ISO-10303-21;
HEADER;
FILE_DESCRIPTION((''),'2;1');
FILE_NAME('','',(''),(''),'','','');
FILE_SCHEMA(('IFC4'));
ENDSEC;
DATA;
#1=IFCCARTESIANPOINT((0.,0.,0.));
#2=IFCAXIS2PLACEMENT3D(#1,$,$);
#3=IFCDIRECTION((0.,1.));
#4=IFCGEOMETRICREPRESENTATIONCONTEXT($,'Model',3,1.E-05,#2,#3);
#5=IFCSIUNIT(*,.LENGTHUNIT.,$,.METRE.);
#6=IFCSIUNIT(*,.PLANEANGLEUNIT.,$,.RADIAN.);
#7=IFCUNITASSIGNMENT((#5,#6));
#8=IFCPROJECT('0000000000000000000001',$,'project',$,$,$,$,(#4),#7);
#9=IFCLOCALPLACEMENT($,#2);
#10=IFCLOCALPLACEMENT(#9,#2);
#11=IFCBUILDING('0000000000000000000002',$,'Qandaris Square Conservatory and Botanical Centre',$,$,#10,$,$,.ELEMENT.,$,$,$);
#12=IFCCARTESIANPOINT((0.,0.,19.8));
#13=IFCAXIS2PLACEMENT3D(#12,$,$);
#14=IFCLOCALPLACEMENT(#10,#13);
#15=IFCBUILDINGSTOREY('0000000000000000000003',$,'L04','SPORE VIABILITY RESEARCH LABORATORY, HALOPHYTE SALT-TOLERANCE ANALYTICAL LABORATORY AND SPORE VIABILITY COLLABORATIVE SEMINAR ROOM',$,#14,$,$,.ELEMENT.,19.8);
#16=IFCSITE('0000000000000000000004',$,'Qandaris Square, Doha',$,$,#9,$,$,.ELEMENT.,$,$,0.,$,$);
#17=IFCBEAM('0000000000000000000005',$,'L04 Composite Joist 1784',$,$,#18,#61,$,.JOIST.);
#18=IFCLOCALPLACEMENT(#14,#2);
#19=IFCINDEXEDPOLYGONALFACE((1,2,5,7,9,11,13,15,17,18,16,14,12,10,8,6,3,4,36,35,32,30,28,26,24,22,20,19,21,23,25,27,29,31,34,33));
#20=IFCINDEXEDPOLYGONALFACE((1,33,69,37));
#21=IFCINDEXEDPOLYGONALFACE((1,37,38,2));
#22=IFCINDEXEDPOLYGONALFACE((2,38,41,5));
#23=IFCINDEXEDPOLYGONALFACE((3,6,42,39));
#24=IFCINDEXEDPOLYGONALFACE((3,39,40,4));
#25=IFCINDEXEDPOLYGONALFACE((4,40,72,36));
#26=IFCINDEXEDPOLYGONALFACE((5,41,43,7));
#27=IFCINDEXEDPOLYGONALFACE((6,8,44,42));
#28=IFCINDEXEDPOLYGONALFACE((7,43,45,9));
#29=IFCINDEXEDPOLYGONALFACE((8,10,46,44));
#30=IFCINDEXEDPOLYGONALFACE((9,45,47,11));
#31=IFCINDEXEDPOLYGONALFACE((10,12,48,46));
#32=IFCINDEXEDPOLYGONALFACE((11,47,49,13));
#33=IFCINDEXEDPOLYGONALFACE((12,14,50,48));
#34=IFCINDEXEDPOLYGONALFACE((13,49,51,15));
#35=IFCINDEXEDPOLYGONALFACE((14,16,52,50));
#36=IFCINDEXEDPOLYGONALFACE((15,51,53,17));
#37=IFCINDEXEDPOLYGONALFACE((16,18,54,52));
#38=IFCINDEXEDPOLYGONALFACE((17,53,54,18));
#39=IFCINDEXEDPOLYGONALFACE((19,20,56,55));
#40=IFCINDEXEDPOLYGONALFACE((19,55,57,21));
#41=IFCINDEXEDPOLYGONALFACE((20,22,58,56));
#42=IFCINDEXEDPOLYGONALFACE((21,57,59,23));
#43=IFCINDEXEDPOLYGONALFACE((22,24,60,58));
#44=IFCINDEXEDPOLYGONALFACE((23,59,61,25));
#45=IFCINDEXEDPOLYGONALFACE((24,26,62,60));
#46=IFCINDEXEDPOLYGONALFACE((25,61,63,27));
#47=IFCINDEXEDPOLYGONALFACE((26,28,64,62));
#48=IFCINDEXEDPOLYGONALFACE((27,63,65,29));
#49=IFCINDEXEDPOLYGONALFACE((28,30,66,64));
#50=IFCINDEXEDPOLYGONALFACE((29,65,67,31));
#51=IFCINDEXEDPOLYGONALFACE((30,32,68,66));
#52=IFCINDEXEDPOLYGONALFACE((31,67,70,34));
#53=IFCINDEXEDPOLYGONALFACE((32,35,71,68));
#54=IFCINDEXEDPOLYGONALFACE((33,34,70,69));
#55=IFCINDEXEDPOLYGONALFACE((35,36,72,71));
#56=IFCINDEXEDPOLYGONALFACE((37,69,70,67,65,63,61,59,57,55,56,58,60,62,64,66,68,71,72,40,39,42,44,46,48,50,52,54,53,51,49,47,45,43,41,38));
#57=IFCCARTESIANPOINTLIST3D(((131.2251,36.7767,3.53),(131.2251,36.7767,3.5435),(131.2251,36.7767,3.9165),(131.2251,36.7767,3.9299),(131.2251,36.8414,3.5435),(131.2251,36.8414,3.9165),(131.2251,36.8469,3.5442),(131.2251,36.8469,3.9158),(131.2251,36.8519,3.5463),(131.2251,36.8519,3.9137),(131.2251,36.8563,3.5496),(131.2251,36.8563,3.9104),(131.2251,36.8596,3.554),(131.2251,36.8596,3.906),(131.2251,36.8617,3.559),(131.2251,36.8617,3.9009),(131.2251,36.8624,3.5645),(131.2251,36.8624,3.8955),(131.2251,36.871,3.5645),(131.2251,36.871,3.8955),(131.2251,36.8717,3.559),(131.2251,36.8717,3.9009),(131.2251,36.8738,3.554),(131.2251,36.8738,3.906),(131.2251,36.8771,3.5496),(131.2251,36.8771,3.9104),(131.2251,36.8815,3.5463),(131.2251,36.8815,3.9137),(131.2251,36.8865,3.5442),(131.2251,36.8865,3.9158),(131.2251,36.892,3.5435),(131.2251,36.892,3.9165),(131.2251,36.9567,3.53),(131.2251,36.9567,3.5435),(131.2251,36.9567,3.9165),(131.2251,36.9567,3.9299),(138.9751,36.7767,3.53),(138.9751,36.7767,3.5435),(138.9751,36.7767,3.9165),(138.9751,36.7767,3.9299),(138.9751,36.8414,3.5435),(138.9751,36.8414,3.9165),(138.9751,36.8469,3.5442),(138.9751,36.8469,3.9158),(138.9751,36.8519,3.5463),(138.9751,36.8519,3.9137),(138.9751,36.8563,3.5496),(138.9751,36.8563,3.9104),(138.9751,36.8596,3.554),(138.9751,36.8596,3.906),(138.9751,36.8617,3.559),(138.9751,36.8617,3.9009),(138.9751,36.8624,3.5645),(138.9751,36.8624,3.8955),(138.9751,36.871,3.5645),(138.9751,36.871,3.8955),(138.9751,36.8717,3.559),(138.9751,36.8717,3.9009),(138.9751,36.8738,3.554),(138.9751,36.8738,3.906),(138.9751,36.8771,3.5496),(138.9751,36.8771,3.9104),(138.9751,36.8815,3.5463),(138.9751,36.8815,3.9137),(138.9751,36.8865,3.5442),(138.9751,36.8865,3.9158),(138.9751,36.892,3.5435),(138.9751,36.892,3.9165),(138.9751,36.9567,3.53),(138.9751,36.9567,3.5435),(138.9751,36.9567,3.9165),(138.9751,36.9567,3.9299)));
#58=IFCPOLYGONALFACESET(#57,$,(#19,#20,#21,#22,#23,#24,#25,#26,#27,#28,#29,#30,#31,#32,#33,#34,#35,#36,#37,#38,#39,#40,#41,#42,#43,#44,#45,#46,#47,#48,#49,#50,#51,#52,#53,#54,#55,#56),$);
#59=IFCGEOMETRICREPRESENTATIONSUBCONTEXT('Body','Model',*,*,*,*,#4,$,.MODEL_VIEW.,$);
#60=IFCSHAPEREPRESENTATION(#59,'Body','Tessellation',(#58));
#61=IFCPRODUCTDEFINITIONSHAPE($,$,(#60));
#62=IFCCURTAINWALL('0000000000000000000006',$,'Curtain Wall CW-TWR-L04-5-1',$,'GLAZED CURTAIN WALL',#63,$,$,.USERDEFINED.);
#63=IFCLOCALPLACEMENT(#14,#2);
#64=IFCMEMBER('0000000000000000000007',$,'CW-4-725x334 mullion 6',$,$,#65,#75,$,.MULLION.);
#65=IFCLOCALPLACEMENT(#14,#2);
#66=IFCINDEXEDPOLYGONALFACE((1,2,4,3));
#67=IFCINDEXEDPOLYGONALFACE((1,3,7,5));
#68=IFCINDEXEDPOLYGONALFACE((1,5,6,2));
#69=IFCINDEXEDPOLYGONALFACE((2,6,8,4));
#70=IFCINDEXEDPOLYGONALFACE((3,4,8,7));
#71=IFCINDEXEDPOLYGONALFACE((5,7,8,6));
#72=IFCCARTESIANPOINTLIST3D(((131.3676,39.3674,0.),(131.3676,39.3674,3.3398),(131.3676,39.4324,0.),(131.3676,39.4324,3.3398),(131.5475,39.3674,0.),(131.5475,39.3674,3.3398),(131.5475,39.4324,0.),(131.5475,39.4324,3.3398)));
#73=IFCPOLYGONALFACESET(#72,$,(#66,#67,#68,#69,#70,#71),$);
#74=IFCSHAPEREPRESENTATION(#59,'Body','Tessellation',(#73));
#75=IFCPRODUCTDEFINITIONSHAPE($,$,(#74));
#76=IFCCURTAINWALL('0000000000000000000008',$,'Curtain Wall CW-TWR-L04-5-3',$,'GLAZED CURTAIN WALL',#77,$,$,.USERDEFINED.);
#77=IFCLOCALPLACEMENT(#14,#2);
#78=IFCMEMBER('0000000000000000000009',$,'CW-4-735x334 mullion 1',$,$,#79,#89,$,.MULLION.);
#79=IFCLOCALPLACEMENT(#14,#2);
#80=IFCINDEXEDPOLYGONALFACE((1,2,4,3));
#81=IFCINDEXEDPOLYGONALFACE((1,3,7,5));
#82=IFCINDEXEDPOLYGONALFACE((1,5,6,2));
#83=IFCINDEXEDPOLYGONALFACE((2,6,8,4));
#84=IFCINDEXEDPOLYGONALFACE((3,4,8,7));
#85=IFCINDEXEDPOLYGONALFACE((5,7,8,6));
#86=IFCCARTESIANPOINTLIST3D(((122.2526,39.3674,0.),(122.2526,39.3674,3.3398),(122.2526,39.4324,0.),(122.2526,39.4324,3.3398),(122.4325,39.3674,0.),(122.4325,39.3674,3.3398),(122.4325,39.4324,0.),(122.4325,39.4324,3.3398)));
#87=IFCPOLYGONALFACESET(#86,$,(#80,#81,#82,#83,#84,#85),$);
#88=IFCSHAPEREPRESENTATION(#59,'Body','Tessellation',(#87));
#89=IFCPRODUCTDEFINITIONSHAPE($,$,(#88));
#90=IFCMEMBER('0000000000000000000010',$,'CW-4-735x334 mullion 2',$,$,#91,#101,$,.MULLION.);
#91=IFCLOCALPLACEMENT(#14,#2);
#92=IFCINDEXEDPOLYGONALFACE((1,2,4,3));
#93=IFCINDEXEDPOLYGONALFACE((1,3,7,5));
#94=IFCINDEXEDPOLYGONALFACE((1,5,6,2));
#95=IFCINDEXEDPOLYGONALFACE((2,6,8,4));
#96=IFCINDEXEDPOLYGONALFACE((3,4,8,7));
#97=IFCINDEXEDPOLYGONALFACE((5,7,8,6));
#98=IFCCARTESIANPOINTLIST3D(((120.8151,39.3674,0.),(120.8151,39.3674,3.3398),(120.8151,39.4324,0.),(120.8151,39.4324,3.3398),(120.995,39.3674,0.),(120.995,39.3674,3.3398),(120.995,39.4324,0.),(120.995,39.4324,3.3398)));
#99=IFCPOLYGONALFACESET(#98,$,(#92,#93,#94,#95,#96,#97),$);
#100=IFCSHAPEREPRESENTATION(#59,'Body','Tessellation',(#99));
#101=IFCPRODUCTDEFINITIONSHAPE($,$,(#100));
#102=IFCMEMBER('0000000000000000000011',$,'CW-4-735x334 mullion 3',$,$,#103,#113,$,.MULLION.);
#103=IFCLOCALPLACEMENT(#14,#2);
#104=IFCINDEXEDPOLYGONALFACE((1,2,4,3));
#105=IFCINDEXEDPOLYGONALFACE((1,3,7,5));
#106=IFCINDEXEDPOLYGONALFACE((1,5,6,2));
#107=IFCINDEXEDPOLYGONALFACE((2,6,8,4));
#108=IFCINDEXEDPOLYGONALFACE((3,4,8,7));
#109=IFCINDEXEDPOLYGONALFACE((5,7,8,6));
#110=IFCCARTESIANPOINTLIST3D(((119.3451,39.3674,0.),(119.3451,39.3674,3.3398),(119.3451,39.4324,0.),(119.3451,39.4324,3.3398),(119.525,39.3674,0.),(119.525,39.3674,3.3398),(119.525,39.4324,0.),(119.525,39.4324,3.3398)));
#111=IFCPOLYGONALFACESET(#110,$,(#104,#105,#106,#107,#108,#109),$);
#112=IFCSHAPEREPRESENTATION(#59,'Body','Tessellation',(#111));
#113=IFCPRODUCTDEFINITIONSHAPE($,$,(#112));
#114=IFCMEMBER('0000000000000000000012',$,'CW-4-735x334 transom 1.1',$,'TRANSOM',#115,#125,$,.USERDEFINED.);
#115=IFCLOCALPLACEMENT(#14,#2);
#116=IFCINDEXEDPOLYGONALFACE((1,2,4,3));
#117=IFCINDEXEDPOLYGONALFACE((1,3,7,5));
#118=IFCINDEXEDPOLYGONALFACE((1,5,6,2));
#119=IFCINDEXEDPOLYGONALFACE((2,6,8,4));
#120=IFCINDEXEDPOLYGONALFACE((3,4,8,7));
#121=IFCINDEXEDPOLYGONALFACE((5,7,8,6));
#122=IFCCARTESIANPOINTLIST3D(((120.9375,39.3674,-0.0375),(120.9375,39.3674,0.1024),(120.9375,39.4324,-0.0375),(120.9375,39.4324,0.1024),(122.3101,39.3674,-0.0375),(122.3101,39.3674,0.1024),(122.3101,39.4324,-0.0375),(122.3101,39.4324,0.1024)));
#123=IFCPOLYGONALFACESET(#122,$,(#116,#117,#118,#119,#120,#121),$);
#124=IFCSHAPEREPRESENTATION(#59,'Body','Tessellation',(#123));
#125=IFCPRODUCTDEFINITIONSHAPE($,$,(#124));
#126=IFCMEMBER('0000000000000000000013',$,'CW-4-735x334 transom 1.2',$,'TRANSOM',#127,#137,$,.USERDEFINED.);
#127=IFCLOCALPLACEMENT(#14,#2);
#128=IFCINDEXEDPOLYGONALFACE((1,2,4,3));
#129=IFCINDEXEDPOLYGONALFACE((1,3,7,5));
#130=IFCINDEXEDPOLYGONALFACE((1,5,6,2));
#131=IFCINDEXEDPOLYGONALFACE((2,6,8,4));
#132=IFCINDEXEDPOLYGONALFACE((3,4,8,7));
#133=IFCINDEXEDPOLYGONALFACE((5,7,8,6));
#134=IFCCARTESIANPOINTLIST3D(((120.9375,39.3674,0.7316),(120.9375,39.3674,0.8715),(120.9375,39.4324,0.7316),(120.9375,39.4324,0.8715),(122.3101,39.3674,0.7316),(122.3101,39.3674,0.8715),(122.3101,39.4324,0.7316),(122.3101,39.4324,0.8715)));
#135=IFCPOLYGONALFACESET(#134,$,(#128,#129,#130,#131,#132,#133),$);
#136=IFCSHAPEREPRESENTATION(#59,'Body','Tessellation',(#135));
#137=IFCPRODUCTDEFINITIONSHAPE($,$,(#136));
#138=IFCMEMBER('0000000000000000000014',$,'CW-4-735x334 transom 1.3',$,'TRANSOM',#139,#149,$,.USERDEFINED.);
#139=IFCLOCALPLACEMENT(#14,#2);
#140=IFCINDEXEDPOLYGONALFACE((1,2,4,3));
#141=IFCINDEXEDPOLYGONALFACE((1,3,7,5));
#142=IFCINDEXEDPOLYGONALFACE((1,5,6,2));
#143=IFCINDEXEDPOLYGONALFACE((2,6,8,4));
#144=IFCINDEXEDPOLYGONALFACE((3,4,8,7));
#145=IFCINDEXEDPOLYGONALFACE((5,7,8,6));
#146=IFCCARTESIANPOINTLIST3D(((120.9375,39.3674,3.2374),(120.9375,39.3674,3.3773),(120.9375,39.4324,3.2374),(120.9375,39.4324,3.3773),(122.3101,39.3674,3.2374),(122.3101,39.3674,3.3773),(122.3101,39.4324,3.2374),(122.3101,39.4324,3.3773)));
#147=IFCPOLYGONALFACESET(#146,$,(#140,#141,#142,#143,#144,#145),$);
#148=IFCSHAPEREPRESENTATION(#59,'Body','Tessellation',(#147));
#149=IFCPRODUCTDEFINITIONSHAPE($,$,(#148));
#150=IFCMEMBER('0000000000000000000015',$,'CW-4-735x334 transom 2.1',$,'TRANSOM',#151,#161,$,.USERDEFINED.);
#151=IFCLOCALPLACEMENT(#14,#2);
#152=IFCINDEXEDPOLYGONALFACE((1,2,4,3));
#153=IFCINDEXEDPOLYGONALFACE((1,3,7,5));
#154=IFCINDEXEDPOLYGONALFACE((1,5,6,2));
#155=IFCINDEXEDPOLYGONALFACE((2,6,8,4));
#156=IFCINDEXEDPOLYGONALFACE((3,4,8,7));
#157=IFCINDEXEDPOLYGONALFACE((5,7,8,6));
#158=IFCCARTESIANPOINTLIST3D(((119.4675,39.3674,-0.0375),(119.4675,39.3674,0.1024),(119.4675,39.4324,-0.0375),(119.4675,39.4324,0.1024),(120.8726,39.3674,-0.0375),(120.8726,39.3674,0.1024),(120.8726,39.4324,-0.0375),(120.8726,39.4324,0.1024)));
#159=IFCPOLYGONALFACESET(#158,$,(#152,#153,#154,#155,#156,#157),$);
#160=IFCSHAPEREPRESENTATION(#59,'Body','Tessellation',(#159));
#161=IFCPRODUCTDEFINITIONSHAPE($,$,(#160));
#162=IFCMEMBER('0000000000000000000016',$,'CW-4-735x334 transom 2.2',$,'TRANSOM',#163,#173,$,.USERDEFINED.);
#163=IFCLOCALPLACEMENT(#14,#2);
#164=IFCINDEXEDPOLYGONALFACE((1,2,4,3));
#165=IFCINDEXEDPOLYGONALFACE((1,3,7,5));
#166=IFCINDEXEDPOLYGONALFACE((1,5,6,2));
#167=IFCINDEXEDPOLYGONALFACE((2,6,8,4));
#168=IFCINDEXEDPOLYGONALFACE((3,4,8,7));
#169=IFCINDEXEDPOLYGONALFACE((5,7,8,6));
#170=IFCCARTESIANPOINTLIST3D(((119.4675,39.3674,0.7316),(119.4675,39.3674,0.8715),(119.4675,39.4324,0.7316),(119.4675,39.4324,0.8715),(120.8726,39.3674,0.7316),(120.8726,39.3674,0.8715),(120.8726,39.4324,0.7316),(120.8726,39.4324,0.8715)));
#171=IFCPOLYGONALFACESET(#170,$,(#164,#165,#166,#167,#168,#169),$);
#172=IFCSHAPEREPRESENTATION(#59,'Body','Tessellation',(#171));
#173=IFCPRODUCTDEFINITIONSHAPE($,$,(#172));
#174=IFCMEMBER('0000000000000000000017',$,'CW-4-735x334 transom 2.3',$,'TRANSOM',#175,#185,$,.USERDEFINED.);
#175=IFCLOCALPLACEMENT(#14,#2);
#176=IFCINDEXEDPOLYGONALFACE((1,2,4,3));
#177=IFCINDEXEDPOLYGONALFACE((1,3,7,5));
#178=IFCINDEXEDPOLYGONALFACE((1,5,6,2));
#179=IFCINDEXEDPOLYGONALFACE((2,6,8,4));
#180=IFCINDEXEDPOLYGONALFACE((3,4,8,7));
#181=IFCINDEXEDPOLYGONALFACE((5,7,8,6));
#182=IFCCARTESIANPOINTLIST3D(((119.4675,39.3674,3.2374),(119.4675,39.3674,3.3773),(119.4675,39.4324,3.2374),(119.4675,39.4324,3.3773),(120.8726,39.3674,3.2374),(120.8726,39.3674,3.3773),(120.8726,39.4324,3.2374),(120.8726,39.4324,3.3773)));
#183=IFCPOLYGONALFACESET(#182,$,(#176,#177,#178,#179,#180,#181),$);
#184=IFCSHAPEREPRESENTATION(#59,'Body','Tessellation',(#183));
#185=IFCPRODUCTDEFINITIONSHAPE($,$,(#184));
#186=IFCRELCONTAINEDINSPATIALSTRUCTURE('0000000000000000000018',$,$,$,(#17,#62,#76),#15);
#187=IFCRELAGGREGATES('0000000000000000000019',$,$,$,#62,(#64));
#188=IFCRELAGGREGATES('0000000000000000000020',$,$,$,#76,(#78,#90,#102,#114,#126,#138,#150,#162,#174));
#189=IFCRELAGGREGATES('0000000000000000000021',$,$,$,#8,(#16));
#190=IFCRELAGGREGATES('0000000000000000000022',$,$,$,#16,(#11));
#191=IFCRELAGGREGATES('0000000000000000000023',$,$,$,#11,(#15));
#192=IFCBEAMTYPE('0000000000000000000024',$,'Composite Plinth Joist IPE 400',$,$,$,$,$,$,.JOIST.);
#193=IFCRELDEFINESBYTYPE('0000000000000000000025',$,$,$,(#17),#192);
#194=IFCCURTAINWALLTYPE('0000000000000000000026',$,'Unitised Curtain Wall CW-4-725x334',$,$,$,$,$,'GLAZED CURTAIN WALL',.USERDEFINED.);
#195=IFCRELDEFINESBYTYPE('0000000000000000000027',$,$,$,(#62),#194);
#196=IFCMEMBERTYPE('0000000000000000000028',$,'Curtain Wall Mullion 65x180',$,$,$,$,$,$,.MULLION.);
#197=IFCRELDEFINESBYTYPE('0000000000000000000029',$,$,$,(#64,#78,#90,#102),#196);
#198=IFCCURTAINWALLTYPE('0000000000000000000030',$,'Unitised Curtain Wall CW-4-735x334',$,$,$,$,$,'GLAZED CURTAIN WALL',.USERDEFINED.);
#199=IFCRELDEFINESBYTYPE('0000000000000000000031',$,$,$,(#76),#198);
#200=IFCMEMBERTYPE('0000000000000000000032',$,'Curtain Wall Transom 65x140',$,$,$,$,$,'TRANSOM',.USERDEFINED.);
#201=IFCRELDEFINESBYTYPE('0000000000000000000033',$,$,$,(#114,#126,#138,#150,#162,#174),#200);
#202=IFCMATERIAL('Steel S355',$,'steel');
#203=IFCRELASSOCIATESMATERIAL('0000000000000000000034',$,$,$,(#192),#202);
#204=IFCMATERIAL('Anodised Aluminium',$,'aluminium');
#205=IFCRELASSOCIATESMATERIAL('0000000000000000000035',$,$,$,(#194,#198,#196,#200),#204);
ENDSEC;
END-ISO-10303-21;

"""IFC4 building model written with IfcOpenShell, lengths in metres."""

from ifc_helpers import new_model, si_unit, direction, frame, origin, origin_2d, place, context, subcontext, project, spatial, rectangle, i_section, extrude, material, material_profile, profile_set, type_object, element, aggregate, save


model = new_model("IFC4")

# Units and contexts
model_context = context("Model", 3, precision=1e-05, world=origin(), true_north=direction((0.0, 1.0)))
body_context = subcontext(model_context, "Body", "Model", "MODEL_VIEW")
ifc_project = project(units=[si_unit("LENGTHUNIT", "METRE"), si_unit("PLANEANGLEUNIT", "RADIAN")], contexts=[model_context])

# Site, building, storey
site_placement = place(None, origin())
site = spatial("IfcSite", under=ifc_project, at=site_placement, Name="Qandaris Square, Doha", CompositionType="ELEMENT", RefElevation=0.0)
building_placement = place(site_placement, origin())
building = spatial("IfcBuilding", under=site, at=building_placement, Name="Qandaris Square Conservatory and Botanical Centre", CompositionType="ELEMENT")
storey_placement = place(building_placement, frame((0.0, 0.0, 19.8)))
storey = spatial("IfcBuildingStorey", under=building, at=storey_placement, Name="L04", Description="SPORE VIABILITY RESEARCH LABORATORY, HALOPHYTE SALT-TOLERANCE ANALYTICAL LABORATORY AND SPORE VIABILITY COLLABORATIVE SEMINAR ROOM", CompositionType="ELEMENT", Elevation=19.8)

# Beam
ifc_material_1 = material(Name="Steel S355", Category="steel")
ifc_material_profile_1 = material_profile(ifc_material_1, i_section(OverallWidth=0.1799, OverallDepth=0.3999, WebThickness=0.0085, FlangeThickness=0.0134, FilletRadius=0.021, at=origin_2d()), Name="IPE 400")
ifc_profile_set_1 = profile_set([ifc_material_profile_1], Name="Steel S355")
beam_type_1 = type_object("IfcBeamType", Name="Composite Plinth Joist IPE 400", PredefinedType="JOIST", material=ifc_profile_set_1)
beam_1_placement = place(storey_placement, frame((131.2251, 36.8667, 3.73), z_axis=(1.0, 0.0, 0.0), x_axis=(0.0, 1.0, 0.0)))
element("IfcBeam", 1, at=beam_1_placement, inside=storey, type_object=beam_type_1, Name="L04 Composite Joist 1784", PredefinedType="JOIST", context=body_context, shape_type="SweptSolid", body=[
    extrude(i_section(OverallWidth=0.1799, OverallDepth=0.3999, WebThickness=0.0085, FlangeThickness=0.0134, FilletRadius=0.021, at=origin_2d()), origin(), (0.0, 0.0, 1.0), 7.75),
])

# Curtain wall, member
ifc_material_2 = material(Name="Anodised Aluminium", Category="aluminium")
curtain_wall_type_1 = type_object("IfcCurtainWallType", Name="Unitised Curtain Wall CW-4-725x334", ElementType="GLAZED CURTAIN WALL", PredefinedType="USERDEFINED", material=ifc_material_2)
curtain_wall_1_placement = place(storey_placement, origin())
curtain_wall_1 = element("IfcCurtainWall", 2, at=curtain_wall_1_placement, inside=storey, type_object=curtain_wall_type_1, Name="Curtain Wall CW-TWR-L04-5-1", ObjectType="GLAZED CURTAIN WALL", PredefinedType="USERDEFINED")
ifc_material_profile_2 = material_profile(ifc_material_2, rectangle(XDim=0.0649, YDim=0.1799, at=origin_2d()), Name="ALU-MUL 65x180")
ifc_profile_set_2 = profile_set([ifc_material_profile_2], Name="Anodised Aluminium")
member_type_1 = type_object("IfcMemberType", Name="Curtain Wall Mullion 65x180", PredefinedType="MULLION", material=ifc_profile_set_2)
member_1_placement = place(storey_placement, frame((131.4575, 39.3999, 0.0), z_axis=(0.0, 0.0, 1.0), x_axis=(0.0, -1.0, 0.0)))
member_1 = element("IfcMember", 3, at=member_1_placement, type_object=member_type_1, Name="CW-4-725x334 mullion 6", PredefinedType="MULLION", context=body_context, shape_type="SweptSolid", body=[
    extrude(rectangle(XDim=0.0649, YDim=0.1799, at=origin_2d()), origin(), (0.0, 0.0, 1.0), 3.3398),
])

# Curtain wall, members
curtain_wall_type_2 = type_object("IfcCurtainWallType", Name="Unitised Curtain Wall CW-4-735x334", ElementType="GLAZED CURTAIN WALL", PredefinedType="USERDEFINED", material=ifc_material_2)
curtain_wall_2_placement = place(storey_placement, origin())
curtain_wall_2 = element("IfcCurtainWall", 4, at=curtain_wall_2_placement, inside=storey, type_object=curtain_wall_type_2, Name="Curtain Wall CW-TWR-L04-5-3", ObjectType="GLAZED CURTAIN WALL", PredefinedType="USERDEFINED")
member_2_placement = place(storey_placement, frame((122.3425, 39.3999, 0.0), z_axis=(0.0, 0.0, 1.0), x_axis=(0.0, -1.0, 0.0)))
member_2 = element("IfcMember", 5, at=member_2_placement, type_object=member_type_1, Name="CW-4-735x334 mullion 1", PredefinedType="MULLION", context=body_context, shape_type="SweptSolid", body=[
    extrude(rectangle(XDim=0.0649, YDim=0.1799, at=origin_2d()), origin(), (0.0, 0.0, 1.0), 3.3398),
])
member_3_placement = place(storey_placement, frame((120.905, 39.3999, 0.0), z_axis=(0.0, 0.0, 1.0), x_axis=(0.0, -1.0, 0.0)))
member_3 = element("IfcMember", 6, at=member_3_placement, type_object=member_type_1, Name="CW-4-735x334 mullion 2", PredefinedType="MULLION", context=body_context, shape_type="SweptSolid", body=[
    extrude(rectangle(XDim=0.0649, YDim=0.1799, at=origin_2d()), origin(), (0.0, 0.0, 1.0), 3.3398),
])
member_4_placement = place(storey_placement, frame((119.4351, 39.3999, 0.0), z_axis=(0.0, 0.0, 1.0), x_axis=(0.0, -1.0, 0.0)))
member_4 = element("IfcMember", 7, at=member_4_placement, type_object=member_type_1, Name="CW-4-735x334 mullion 3", PredefinedType="MULLION", context=body_context, shape_type="SweptSolid", body=[
    extrude(rectangle(XDim=0.0649, YDim=0.1799, at=origin_2d()), origin(), (0.0, 0.0, 1.0), 3.3398),
])
ifc_material_profile_3 = material_profile(ifc_material_2, rectangle(XDim=0.0649, YDim=0.1399, at=origin_2d()), Name="ALU-TRN 65x140")
ifc_profile_set_3 = profile_set([ifc_material_profile_3], Name="Anodised Aluminium")
member_type_2 = type_object("IfcMemberType", Name="Curtain Wall Transom 65x140", ElementType="TRANSOM", PredefinedType="USERDEFINED", material=ifc_profile_set_3)
member_5_placement = place(storey_placement, frame((122.3101, 39.3999, 0.0325), z_axis=(-1.0, 0.0, 0.0), x_axis=(0.0, -1.0, 0.0)))
member_5 = element("IfcMember", 8, at=member_5_placement, type_object=member_type_2, Name="CW-4-735x334 transom 1.1", ObjectType="TRANSOM", PredefinedType="USERDEFINED", context=body_context, shape_type="SweptSolid", body=[
    extrude(rectangle(XDim=0.0649, YDim=0.1399, at=origin_2d()), origin(), (0.0, 0.0, 1.0), 1.3726),
])
member_6_placement = place(storey_placement, frame((122.3101, 39.3999, 0.8015), z_axis=(-1.0, 0.0, 0.0), x_axis=(0.0, -1.0, 0.0)))
member_6 = element("IfcMember", 9, at=member_6_placement, type_object=member_type_2, Name="CW-4-735x334 transom 1.2", ObjectType="TRANSOM", PredefinedType="USERDEFINED", context=body_context, shape_type="SweptSolid", body=[
    extrude(rectangle(XDim=0.0649, YDim=0.1399, at=origin_2d()), origin(), (0.0, 0.0, 1.0), 1.3726),
])
member_7_placement = place(storey_placement, frame((122.3101, 39.3999, 3.3074), z_axis=(-1.0, 0.0, 0.0), x_axis=(0.0, -1.0, 0.0)))
member_7 = element("IfcMember", 10, at=member_7_placement, type_object=member_type_2, Name="CW-4-735x334 transom 1.3", ObjectType="TRANSOM", PredefinedType="USERDEFINED", context=body_context, shape_type="SweptSolid", body=[
    extrude(rectangle(XDim=0.0649, YDim=0.1399, at=origin_2d()), origin(), (0.0, 0.0, 1.0), 1.3726),
])
member_8_placement = place(storey_placement, frame((120.8726, 39.3999, 0.0325), z_axis=(-1.0, 0.0, 0.0), x_axis=(0.0, -1.0, 0.0)))
member_8 = element("IfcMember", 11, at=member_8_placement, type_object=member_type_2, Name="CW-4-735x334 transom 2.1", ObjectType="TRANSOM", PredefinedType="USERDEFINED", context=body_context, shape_type="SweptSolid", body=[
    extrude(rectangle(XDim=0.0649, YDim=0.1399, at=origin_2d()), origin(), (0.0, 0.0, 1.0), 1.405),
])
member_9_placement = place(storey_placement, frame((120.8726, 39.3999, 0.8015), z_axis=(-1.0, 0.0, 0.0), x_axis=(0.0, -1.0, 0.0)))
member_9 = element("IfcMember", 12, at=member_9_placement, type_object=member_type_2, Name="CW-4-735x334 transom 2.2", ObjectType="TRANSOM", PredefinedType="USERDEFINED", context=body_context, shape_type="SweptSolid", body=[
    extrude(rectangle(XDim=0.0649, YDim=0.1399, at=origin_2d()), origin(), (0.0, 0.0, 1.0), 1.405),
])
member_10_placement = place(storey_placement, frame((120.8726, 39.3999, 3.3074), z_axis=(-1.0, 0.0, 0.0), x_axis=(0.0, -1.0, 0.0)))
member_10 = element("IfcMember", 13, at=member_10_placement, type_object=member_type_2, Name="CW-4-735x334 transom 2.3", ObjectType="TRANSOM", PredefinedType="USERDEFINED", context=body_context, shape_type="SweptSolid", body=[
    extrude(rectangle(XDim=0.0649, YDim=0.1399, at=origin_2d()), origin(), (0.0, 0.0, 1.0), 1.405),
])

aggregate(curtain_wall_1, [member_1])
aggregate(curtain_wall_2, [member_2, member_3, member_4, member_5, member_6, member_7, member_8, member_9, member_10])

save(model, "model.ifc")
